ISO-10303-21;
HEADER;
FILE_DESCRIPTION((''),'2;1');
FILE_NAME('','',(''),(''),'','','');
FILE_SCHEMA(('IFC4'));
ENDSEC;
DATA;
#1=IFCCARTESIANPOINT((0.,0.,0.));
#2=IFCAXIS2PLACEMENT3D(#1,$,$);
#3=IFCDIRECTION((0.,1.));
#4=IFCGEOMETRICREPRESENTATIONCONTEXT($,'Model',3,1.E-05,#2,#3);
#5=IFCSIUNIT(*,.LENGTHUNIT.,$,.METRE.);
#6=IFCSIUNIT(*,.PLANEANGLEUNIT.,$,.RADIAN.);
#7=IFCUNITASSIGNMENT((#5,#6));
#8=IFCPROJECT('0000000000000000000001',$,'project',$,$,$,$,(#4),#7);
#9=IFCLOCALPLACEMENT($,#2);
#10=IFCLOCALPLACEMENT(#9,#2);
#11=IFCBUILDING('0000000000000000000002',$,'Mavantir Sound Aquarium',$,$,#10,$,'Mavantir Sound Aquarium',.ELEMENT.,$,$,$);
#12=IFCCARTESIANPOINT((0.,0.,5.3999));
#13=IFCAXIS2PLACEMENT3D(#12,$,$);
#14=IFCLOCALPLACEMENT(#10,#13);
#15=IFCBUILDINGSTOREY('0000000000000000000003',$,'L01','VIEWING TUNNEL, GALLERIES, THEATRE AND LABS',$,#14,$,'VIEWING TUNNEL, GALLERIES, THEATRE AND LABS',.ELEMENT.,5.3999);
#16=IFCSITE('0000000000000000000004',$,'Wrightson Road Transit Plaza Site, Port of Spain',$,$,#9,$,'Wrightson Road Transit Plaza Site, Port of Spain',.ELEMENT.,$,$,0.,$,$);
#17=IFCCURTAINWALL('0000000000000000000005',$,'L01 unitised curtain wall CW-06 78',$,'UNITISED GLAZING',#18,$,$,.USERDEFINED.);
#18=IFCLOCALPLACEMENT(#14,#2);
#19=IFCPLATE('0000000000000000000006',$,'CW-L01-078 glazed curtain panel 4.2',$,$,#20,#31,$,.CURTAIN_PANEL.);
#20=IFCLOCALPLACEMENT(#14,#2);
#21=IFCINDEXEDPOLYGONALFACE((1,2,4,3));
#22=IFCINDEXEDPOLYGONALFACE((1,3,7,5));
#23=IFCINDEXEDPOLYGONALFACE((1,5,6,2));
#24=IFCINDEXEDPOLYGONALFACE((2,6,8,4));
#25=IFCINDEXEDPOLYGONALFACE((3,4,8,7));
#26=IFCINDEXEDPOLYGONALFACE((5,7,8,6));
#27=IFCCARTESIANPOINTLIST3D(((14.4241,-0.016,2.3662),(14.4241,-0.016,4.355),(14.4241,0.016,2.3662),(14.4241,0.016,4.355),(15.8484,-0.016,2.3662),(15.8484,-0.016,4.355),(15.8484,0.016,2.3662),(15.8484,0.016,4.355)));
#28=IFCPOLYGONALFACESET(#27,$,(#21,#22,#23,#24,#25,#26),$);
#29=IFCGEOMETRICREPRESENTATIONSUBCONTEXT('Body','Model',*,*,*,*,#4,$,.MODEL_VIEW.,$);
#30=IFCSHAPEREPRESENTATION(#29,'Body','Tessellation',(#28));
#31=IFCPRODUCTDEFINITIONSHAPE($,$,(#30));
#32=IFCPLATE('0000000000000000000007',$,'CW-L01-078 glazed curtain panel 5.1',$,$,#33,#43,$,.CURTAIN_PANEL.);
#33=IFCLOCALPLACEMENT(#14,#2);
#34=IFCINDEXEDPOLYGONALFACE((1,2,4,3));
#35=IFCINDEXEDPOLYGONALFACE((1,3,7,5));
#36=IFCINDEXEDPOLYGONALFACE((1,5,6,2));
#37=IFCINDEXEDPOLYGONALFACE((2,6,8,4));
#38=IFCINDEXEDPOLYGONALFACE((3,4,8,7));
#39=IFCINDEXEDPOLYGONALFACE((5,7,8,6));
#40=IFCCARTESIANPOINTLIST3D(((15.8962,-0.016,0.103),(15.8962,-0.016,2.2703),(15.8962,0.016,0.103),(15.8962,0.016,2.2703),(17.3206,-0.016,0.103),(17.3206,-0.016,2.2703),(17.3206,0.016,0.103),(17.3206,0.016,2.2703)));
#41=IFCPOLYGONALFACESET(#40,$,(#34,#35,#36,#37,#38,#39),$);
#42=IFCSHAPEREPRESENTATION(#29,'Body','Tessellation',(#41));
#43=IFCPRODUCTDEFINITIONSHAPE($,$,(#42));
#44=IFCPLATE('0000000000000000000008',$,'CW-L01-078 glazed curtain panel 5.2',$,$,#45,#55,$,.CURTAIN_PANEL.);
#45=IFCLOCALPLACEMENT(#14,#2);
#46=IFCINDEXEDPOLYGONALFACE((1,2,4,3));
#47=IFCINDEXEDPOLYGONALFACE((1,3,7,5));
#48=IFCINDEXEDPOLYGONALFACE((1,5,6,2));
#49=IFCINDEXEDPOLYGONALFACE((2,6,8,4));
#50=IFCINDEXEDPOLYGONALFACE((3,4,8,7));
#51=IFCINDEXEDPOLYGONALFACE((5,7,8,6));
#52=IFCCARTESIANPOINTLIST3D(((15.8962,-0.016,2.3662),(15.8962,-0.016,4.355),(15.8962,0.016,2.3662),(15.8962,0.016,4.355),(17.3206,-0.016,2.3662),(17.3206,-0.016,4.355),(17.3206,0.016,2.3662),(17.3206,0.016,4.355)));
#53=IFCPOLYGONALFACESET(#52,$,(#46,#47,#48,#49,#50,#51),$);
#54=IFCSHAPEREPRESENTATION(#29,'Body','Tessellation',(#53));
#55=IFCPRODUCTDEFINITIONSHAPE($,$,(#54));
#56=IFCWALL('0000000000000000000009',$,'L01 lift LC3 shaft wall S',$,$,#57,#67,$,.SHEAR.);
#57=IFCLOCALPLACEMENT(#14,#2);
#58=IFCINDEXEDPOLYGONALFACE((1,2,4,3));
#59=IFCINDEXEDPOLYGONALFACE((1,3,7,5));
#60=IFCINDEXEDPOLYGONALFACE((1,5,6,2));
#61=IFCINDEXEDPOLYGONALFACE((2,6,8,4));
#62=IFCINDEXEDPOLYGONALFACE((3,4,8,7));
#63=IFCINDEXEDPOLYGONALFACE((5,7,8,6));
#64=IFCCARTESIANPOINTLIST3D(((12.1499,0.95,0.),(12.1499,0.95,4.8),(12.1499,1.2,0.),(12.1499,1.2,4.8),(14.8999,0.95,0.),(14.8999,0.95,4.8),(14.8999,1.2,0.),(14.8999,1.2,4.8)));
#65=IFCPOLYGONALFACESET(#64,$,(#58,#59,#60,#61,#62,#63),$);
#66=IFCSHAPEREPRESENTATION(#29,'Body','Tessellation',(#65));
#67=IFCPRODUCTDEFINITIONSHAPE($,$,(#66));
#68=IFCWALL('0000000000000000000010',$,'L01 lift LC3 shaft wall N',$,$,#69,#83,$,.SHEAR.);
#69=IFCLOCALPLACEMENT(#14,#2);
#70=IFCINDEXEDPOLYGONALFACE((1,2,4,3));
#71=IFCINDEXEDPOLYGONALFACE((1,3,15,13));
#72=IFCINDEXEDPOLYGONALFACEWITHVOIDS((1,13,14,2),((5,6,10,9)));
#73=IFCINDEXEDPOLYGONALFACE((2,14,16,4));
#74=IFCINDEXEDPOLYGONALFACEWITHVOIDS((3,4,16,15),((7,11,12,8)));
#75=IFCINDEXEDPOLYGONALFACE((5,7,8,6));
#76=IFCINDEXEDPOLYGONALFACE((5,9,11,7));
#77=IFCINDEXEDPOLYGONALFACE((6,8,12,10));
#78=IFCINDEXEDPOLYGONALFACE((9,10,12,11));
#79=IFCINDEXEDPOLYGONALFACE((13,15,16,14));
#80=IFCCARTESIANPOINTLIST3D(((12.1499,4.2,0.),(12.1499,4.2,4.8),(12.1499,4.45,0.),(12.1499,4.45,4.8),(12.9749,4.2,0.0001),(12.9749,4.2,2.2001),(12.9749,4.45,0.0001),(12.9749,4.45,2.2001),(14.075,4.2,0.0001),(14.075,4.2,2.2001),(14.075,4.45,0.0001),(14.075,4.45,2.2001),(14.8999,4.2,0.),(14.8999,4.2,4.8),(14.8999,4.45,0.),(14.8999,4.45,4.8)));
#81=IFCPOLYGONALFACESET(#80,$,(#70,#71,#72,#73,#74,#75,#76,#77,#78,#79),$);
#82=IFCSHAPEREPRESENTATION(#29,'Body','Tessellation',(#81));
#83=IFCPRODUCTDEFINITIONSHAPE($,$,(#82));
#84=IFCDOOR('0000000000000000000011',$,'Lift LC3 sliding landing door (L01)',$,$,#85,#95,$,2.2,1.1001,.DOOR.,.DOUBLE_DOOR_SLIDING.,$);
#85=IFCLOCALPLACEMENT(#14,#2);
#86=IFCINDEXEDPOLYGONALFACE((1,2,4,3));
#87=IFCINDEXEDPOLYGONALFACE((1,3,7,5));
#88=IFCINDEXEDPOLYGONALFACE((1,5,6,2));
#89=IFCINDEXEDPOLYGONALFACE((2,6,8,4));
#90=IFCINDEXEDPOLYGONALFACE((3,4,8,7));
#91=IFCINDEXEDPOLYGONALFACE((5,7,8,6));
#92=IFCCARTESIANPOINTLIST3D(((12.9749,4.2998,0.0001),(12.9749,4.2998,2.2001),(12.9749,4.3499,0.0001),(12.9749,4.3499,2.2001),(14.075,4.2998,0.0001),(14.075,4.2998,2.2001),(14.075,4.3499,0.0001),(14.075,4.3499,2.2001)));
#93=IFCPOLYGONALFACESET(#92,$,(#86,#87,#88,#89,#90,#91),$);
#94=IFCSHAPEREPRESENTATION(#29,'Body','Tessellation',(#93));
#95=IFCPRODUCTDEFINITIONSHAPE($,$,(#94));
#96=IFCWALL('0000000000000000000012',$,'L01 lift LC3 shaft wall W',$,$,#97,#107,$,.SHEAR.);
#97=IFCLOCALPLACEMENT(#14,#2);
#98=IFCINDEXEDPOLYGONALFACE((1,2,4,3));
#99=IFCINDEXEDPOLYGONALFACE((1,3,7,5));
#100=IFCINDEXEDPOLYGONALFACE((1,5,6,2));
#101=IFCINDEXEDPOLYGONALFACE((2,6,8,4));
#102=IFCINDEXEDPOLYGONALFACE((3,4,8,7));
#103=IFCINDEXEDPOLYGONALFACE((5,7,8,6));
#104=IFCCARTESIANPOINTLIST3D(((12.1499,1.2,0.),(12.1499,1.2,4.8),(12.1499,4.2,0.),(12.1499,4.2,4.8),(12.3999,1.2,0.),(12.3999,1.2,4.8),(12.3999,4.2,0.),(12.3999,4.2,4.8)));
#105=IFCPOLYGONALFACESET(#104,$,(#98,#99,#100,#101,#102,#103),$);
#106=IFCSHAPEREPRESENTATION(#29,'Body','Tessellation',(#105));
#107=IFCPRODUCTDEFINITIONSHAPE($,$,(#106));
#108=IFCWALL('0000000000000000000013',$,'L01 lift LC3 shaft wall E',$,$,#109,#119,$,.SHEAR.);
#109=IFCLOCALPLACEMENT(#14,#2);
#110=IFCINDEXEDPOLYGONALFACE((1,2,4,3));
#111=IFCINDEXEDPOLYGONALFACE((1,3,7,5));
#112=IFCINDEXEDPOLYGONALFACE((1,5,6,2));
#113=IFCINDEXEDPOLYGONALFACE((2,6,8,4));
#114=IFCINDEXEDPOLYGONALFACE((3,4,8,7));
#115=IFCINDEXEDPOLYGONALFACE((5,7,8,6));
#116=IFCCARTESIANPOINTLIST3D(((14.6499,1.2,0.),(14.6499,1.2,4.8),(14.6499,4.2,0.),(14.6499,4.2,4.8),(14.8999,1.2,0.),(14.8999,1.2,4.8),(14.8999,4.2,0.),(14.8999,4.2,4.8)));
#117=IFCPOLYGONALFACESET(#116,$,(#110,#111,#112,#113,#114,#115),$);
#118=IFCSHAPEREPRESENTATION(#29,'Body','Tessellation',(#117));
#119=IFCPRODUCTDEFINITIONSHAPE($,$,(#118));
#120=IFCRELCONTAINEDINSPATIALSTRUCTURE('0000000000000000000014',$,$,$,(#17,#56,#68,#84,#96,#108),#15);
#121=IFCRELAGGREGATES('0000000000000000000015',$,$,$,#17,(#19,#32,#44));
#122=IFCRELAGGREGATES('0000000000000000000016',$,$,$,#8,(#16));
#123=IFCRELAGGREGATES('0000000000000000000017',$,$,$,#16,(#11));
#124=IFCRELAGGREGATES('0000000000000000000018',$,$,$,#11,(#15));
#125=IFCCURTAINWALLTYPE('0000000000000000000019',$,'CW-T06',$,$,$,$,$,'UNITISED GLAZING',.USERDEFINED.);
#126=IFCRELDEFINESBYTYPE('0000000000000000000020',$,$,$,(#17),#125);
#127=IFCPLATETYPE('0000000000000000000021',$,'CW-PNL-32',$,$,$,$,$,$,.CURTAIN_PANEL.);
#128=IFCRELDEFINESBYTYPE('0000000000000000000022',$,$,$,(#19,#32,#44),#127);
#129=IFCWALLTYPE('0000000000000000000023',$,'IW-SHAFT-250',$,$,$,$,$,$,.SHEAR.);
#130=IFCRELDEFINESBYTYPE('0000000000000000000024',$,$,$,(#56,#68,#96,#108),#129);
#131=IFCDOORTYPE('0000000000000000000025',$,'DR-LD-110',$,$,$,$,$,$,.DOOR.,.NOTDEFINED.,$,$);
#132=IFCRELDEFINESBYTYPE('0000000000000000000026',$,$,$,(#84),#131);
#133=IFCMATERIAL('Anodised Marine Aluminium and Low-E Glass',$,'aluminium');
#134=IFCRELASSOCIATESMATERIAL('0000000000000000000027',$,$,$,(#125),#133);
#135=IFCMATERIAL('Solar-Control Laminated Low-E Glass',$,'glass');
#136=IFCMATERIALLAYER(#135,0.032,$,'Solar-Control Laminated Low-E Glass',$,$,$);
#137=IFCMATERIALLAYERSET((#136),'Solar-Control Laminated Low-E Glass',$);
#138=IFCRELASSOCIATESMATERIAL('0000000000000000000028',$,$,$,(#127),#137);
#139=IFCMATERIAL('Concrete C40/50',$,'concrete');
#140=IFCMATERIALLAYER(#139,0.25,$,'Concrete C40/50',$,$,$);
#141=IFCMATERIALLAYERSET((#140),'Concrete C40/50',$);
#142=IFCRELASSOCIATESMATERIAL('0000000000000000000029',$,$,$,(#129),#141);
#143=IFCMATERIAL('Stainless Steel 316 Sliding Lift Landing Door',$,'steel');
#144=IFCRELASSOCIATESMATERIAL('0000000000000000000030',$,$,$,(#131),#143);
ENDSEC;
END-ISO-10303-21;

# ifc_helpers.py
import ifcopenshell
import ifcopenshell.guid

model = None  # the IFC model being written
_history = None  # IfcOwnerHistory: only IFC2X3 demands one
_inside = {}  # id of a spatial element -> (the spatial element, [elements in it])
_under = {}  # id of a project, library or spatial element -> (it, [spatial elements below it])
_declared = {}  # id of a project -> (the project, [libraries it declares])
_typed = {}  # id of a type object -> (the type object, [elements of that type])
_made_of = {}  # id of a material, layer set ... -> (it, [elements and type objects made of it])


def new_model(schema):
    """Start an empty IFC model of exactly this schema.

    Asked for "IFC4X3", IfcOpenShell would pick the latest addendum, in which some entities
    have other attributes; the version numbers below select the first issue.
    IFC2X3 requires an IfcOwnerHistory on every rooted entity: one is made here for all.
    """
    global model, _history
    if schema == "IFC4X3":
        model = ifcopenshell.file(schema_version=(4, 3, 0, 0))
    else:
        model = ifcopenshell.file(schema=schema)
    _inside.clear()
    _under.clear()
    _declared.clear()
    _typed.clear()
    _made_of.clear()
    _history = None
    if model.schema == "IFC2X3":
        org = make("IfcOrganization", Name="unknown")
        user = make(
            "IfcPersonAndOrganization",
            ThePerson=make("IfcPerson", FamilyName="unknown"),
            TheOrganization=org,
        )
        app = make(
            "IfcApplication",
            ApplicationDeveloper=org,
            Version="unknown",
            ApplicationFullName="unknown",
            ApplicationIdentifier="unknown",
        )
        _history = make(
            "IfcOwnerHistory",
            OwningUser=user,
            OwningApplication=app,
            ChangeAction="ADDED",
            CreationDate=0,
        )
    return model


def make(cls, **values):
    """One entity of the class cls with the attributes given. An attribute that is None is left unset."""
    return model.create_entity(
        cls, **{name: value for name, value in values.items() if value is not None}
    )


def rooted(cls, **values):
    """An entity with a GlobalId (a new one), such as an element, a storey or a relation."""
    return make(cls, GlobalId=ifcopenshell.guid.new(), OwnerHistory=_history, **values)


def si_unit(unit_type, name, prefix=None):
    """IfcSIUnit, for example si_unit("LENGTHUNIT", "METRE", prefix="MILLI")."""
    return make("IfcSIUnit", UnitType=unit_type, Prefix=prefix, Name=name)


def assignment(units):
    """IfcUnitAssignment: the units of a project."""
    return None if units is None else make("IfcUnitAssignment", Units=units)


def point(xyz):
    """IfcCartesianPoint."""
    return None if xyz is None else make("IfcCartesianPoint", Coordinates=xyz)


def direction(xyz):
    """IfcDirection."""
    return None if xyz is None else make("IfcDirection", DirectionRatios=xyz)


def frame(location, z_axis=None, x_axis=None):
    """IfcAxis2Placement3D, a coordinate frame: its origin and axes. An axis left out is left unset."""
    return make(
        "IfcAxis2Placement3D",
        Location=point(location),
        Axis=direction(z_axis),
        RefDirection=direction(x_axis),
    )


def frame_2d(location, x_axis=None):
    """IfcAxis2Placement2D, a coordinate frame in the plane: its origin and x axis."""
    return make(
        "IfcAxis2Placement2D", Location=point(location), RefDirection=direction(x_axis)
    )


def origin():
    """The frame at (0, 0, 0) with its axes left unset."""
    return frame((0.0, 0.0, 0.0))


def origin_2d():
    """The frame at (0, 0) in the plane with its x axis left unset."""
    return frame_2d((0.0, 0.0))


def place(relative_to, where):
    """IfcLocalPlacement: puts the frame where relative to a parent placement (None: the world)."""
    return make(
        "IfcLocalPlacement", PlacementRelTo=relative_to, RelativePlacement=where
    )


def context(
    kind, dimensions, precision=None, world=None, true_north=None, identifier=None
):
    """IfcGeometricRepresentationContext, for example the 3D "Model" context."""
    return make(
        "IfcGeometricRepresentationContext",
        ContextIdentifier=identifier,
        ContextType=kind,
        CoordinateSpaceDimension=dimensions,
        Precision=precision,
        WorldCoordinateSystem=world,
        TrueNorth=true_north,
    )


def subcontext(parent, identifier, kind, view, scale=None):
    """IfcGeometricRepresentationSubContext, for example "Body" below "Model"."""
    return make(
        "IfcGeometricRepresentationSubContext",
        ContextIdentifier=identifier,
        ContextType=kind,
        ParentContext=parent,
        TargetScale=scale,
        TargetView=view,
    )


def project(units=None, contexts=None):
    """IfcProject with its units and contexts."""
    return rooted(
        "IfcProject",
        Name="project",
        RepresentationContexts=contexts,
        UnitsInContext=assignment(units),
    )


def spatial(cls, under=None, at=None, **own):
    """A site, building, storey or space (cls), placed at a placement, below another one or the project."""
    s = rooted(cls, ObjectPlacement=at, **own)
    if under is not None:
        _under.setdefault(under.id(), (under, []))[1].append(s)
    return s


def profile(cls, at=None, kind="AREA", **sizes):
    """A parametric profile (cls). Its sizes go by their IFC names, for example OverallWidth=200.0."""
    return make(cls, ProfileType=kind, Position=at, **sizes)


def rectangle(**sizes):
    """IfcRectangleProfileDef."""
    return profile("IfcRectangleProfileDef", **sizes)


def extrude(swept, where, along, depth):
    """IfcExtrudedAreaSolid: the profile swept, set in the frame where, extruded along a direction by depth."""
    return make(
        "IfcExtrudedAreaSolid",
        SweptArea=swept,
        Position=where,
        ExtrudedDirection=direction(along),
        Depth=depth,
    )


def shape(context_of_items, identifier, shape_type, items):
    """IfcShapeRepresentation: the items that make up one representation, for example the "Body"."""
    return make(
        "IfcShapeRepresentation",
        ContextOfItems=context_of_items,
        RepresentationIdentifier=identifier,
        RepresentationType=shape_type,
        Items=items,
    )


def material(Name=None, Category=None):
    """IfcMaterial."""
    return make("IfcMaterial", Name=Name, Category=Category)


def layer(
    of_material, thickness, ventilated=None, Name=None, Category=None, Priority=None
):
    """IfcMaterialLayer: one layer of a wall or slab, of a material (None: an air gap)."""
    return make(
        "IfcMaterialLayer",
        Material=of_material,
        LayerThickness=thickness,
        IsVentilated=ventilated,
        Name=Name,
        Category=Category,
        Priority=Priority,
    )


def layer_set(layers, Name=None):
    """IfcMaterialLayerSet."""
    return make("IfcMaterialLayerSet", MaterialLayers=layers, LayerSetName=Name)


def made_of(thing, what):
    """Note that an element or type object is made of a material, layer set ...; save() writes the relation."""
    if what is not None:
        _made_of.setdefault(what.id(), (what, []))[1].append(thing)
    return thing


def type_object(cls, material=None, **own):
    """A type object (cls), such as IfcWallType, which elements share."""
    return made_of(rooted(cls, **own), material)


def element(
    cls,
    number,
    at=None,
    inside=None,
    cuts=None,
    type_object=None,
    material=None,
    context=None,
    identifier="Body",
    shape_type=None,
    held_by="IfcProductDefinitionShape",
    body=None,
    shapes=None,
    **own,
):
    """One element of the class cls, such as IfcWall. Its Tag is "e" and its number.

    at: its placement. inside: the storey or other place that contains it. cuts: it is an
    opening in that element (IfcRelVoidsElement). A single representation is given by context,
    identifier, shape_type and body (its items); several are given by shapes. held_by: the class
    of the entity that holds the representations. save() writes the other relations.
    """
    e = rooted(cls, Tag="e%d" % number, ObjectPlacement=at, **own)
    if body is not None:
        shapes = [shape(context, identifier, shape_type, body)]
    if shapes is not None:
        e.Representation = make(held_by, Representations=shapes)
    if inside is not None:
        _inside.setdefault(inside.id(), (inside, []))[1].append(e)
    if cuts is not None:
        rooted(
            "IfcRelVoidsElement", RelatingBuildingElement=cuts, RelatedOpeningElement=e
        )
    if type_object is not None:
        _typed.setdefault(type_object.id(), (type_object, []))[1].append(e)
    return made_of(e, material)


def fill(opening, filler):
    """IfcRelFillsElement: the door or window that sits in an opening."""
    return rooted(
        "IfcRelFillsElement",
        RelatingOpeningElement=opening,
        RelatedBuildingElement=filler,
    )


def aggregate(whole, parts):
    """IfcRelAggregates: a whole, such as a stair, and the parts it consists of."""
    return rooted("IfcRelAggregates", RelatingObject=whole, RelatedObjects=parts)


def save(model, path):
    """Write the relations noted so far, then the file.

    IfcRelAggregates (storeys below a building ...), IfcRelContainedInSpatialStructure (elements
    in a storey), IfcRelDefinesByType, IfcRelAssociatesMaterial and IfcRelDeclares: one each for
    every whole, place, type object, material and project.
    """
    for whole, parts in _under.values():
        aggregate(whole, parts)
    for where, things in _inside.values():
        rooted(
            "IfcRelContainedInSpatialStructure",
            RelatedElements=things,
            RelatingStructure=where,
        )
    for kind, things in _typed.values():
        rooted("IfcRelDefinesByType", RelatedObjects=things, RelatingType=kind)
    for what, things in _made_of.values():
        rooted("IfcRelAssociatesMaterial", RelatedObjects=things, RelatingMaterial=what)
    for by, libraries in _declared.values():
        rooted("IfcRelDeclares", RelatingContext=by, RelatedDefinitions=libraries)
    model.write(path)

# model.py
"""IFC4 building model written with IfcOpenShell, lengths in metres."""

from ifc_helpers import new_model, si_unit, direction, frame, frame_2d, origin, origin_2d, place, context, subcontext, project, spatial, rectangle, extrude, material, layer, layer_set, type_object, element, fill, aggregate, save


model = new_model("IFC4")

# Units and contexts
model_context = context("Model", 3, precision=1e-05, world=origin(), true_north=direction((0.0, 1.0)))
body_context = subcontext(model_context, "Body", "Model", "MODEL_VIEW")
ifc_project = project(units=[si_unit("LENGTHUNIT", "METRE"), si_unit("PLANEANGLEUNIT", "RADIAN")], contexts=[model_context])

# Site, building, storey
site_placement = place(None, origin())
site = spatial("IfcSite", under=ifc_project, at=site_placement, Name="Wrightson Road Transit Plaza Site, Port of Spain", LongName="Wrightson Road Transit Plaza Site, Port of Spain", CompositionType="ELEMENT", RefElevation=0.0)
building_placement = place(site_placement, origin())
building = spatial("IfcBuilding", under=site, at=building_placement, Name="Mavantir Sound Aquarium", LongName="Mavantir Sound Aquarium", CompositionType="ELEMENT")
storey_placement = place(building_placement, frame((0.0, 0.0, 5.3999)))
storey = spatial("IfcBuildingStorey", under=building, at=storey_placement, Name="L01", Description="VIEWING TUNNEL, GALLERIES, THEATRE AND LABS", LongName="VIEWING TUNNEL, GALLERIES, THEATRE AND LABS", CompositionType="ELEMENT", Elevation=5.3999)

# Curtain wall, plates
ifc_material_1 = material(Name="Anodised Marine Aluminium and Low-E Glass", Category="aluminium")
curtain_wall_type = type_object("IfcCurtainWallType", Name="CW-T06", ElementType="UNITISED GLAZING", PredefinedType="USERDEFINED", material=ifc_material_1)
curtain_wall_placement = place(storey_placement, origin())
curtain_wall = element("IfcCurtainWall", 1, at=curtain_wall_placement, inside=storey, type_object=curtain_wall_type, Name="L01 unitised curtain wall CW-06 78", ObjectType="UNITISED GLAZING", PredefinedType="USERDEFINED")
ifc_material_2 = material(Name="Solar-Control Laminated Low-E Glass", Category="glass")
ifc_layer_1 = layer(ifc_material_2, 0.032, Name="Solar-Control Laminated Low-E Glass")
ifc_layer_set_1 = layer_set([ifc_layer_1], Name="Solar-Control Laminated Low-E Glass")
plate_type = type_object("IfcPlateType", Name="CW-PNL-32", PredefinedType="CURTAIN_PANEL", material=ifc_layer_set_1)
plate_1_placement = place(storey_placement, frame((15.1362, 0.0, 2.3662), z_axis=(0.0, 0.0, 1.0), x_axis=(1.0, 0.0, 0.0)))
plate_1 = element("IfcPlate", 2, at=plate_1_placement, type_object=plate_type, Name="CW-L01-078 glazed curtain panel 4.2", PredefinedType="CURTAIN_PANEL", context=body_context, shape_type="SweptSolid", body=[
    extrude(rectangle(XDim=1.4243, YDim=0.032, at=origin_2d()), origin(), (0.0, 0.0, 1.0), 1.9888),
])
plate_2_placement = place(storey_placement, frame((16.6084, 0.0, 0.103), z_axis=(0.0, 0.0, 1.0), x_axis=(1.0, 0.0, 0.0)))
plate_2 = element("IfcPlate", 3, at=plate_2_placement, type_object=plate_type, Name="CW-L01-078 glazed curtain panel 5.1", PredefinedType="CURTAIN_PANEL", context=body_context, shape_type="SweptSolid", body=[
    extrude(rectangle(XDim=1.4243, YDim=0.032, at=origin_2d()), origin(), (0.0, 0.0, 1.0), 2.1672),
])
plate_3_placement = place(storey_placement, frame((16.6084, 0.0, 2.3662), z_axis=(0.0, 0.0, 1.0), x_axis=(1.0, 0.0, 0.0)))
plate_3 = element("IfcPlate", 4, at=plate_3_placement, type_object=plate_type, Name="CW-L01-078 glazed curtain panel 5.2", PredefinedType="CURTAIN_PANEL", context=body_context, shape_type="SweptSolid", body=[
    extrude(rectangle(XDim=1.4243, YDim=0.032, at=origin_2d()), origin(), (0.0, 0.0, 1.0), 1.9888),
])
aggregate(curtain_wall, [plate_1, plate_2, plate_3])

# Wall
ifc_material_3 = material(Name="Concrete C40/50", Category="concrete")
ifc_layer_2 = layer(ifc_material_3, 0.25, Name="Concrete C40/50")
ifc_layer_set_2 = layer_set([ifc_layer_2], Name="Concrete C40/50")
wall_type = type_object("IfcWallType", Name="IW-SHAFT-250", PredefinedType="SHEAR", material=ifc_layer_set_2)
wall_1_placement = place(storey_placement, frame((12.1499, 1.075, 0.0), z_axis=(0.0, 0.0, 1.0), x_axis=(1.0, 0.0, 0.0)))
element("IfcWall", 5, at=wall_1_placement, inside=storey, type_object=wall_type, Name="L01 lift LC3 shaft wall S", PredefinedType="SHEAR", context=body_context, shape_type="SweptSolid", body=[
    extrude(rectangle(XDim=2.75, YDim=0.25, at=frame_2d((1.375, 0.0))), origin(), (0.0, 0.0, 1.0), 4.8),
])

# Wall, opening, door
wall_2_placement = place(storey_placement, frame((12.1499, 4.325, 0.0), z_axis=(0.0, 0.0, 1.0), x_axis=(1.0, 0.0, 0.0)))
wall_2 = element("IfcWall", 6, at=wall_2_placement, inside=storey, type_object=wall_type, Name="L01 lift LC3 shaft wall N", PredefinedType="SHEAR", context=body_context, shape_type="SweptSolid", body=[
    extrude(rectangle(XDim=2.75, YDim=0.25, at=frame_2d((1.375, 0.0))), origin(), (0.0, 0.0, 1.0), 4.8),
])
opening_placement = place(wall_2_placement, frame((0.825, 0.0, 0.0)))
opening = element("IfcOpeningElement", 7, at=opening_placement, cuts=wall_2, PredefinedType="OPENING", context=body_context, shape_type="SweptSolid", body=[
    extrude(rectangle(XDim=1.1001, YDim=2.2, at=frame_2d((0.55, 1.1001))), frame((0.0, 0.135, 0.0), z_axis=(0.0, -1.0, 0.0), x_axis=(1.0, 0.0, 0.0)), (0.0, 0.0, 1.0), 0.27),
])
ifc_material_4 = material(Name="Stainless Steel 316 Sliding Lift Landing Door", Category="steel")
door_type = type_object("IfcDoorType", Name="DR-LD-110", OperationType="NOTDEFINED", PredefinedType="DOOR", material=ifc_material_4)
door_placement = place(opening_placement, origin())
door = element("IfcDoor", 8, at=door_placement, inside=storey, type_object=door_type, Name="Lift LC3 sliding landing door (L01)", OperationType="DOUBLE_DOOR_SLIDING", OverallHeight=2.2, OverallWidth=1.1001, PredefinedType="DOOR", context=body_context, shape_type="SweptSolid", body=[
    extrude(rectangle(XDim=1.1001, YDim=2.2, at=frame_2d((0.55, 1.1001))), frame((0.0, 0.0249, 0.0), z_axis=(0.0, -1.0, 0.0), x_axis=(1.0, 0.0, 0.0)), (0.0, 0.0, 1.0), 0.05),
])
fill(opening, door)

# Walls
for number, where, z_axis, x_axis, name in (
    (9, (12.2749, 1.2, 0.0), (0.0, 0.0, 1.0), (0.0, 1.0, 0.0), "L01 lift LC3 shaft wall W"),
    (10, (14.7749, 1.2, 0.0), (0.0, 0.0, 1.0), (0.0, 1.0, 0.0), "L01 lift LC3 shaft wall E"),
):
    element("IfcWall", number, at=place(storey_placement, frame(where, z_axis=z_axis, x_axis=x_axis)), inside=storey, type_object=wall_type, Name=name, PredefinedType="SHEAR", context=body_context, shape_type="SweptSolid", body=[
        extrude(rectangle(XDim=3.0, YDim=0.25, at=frame_2d((1.5, 0.0))), origin(), (0.0, 0.0, 1.0), 4.8),
    ])

save(model, "model.ifc")
